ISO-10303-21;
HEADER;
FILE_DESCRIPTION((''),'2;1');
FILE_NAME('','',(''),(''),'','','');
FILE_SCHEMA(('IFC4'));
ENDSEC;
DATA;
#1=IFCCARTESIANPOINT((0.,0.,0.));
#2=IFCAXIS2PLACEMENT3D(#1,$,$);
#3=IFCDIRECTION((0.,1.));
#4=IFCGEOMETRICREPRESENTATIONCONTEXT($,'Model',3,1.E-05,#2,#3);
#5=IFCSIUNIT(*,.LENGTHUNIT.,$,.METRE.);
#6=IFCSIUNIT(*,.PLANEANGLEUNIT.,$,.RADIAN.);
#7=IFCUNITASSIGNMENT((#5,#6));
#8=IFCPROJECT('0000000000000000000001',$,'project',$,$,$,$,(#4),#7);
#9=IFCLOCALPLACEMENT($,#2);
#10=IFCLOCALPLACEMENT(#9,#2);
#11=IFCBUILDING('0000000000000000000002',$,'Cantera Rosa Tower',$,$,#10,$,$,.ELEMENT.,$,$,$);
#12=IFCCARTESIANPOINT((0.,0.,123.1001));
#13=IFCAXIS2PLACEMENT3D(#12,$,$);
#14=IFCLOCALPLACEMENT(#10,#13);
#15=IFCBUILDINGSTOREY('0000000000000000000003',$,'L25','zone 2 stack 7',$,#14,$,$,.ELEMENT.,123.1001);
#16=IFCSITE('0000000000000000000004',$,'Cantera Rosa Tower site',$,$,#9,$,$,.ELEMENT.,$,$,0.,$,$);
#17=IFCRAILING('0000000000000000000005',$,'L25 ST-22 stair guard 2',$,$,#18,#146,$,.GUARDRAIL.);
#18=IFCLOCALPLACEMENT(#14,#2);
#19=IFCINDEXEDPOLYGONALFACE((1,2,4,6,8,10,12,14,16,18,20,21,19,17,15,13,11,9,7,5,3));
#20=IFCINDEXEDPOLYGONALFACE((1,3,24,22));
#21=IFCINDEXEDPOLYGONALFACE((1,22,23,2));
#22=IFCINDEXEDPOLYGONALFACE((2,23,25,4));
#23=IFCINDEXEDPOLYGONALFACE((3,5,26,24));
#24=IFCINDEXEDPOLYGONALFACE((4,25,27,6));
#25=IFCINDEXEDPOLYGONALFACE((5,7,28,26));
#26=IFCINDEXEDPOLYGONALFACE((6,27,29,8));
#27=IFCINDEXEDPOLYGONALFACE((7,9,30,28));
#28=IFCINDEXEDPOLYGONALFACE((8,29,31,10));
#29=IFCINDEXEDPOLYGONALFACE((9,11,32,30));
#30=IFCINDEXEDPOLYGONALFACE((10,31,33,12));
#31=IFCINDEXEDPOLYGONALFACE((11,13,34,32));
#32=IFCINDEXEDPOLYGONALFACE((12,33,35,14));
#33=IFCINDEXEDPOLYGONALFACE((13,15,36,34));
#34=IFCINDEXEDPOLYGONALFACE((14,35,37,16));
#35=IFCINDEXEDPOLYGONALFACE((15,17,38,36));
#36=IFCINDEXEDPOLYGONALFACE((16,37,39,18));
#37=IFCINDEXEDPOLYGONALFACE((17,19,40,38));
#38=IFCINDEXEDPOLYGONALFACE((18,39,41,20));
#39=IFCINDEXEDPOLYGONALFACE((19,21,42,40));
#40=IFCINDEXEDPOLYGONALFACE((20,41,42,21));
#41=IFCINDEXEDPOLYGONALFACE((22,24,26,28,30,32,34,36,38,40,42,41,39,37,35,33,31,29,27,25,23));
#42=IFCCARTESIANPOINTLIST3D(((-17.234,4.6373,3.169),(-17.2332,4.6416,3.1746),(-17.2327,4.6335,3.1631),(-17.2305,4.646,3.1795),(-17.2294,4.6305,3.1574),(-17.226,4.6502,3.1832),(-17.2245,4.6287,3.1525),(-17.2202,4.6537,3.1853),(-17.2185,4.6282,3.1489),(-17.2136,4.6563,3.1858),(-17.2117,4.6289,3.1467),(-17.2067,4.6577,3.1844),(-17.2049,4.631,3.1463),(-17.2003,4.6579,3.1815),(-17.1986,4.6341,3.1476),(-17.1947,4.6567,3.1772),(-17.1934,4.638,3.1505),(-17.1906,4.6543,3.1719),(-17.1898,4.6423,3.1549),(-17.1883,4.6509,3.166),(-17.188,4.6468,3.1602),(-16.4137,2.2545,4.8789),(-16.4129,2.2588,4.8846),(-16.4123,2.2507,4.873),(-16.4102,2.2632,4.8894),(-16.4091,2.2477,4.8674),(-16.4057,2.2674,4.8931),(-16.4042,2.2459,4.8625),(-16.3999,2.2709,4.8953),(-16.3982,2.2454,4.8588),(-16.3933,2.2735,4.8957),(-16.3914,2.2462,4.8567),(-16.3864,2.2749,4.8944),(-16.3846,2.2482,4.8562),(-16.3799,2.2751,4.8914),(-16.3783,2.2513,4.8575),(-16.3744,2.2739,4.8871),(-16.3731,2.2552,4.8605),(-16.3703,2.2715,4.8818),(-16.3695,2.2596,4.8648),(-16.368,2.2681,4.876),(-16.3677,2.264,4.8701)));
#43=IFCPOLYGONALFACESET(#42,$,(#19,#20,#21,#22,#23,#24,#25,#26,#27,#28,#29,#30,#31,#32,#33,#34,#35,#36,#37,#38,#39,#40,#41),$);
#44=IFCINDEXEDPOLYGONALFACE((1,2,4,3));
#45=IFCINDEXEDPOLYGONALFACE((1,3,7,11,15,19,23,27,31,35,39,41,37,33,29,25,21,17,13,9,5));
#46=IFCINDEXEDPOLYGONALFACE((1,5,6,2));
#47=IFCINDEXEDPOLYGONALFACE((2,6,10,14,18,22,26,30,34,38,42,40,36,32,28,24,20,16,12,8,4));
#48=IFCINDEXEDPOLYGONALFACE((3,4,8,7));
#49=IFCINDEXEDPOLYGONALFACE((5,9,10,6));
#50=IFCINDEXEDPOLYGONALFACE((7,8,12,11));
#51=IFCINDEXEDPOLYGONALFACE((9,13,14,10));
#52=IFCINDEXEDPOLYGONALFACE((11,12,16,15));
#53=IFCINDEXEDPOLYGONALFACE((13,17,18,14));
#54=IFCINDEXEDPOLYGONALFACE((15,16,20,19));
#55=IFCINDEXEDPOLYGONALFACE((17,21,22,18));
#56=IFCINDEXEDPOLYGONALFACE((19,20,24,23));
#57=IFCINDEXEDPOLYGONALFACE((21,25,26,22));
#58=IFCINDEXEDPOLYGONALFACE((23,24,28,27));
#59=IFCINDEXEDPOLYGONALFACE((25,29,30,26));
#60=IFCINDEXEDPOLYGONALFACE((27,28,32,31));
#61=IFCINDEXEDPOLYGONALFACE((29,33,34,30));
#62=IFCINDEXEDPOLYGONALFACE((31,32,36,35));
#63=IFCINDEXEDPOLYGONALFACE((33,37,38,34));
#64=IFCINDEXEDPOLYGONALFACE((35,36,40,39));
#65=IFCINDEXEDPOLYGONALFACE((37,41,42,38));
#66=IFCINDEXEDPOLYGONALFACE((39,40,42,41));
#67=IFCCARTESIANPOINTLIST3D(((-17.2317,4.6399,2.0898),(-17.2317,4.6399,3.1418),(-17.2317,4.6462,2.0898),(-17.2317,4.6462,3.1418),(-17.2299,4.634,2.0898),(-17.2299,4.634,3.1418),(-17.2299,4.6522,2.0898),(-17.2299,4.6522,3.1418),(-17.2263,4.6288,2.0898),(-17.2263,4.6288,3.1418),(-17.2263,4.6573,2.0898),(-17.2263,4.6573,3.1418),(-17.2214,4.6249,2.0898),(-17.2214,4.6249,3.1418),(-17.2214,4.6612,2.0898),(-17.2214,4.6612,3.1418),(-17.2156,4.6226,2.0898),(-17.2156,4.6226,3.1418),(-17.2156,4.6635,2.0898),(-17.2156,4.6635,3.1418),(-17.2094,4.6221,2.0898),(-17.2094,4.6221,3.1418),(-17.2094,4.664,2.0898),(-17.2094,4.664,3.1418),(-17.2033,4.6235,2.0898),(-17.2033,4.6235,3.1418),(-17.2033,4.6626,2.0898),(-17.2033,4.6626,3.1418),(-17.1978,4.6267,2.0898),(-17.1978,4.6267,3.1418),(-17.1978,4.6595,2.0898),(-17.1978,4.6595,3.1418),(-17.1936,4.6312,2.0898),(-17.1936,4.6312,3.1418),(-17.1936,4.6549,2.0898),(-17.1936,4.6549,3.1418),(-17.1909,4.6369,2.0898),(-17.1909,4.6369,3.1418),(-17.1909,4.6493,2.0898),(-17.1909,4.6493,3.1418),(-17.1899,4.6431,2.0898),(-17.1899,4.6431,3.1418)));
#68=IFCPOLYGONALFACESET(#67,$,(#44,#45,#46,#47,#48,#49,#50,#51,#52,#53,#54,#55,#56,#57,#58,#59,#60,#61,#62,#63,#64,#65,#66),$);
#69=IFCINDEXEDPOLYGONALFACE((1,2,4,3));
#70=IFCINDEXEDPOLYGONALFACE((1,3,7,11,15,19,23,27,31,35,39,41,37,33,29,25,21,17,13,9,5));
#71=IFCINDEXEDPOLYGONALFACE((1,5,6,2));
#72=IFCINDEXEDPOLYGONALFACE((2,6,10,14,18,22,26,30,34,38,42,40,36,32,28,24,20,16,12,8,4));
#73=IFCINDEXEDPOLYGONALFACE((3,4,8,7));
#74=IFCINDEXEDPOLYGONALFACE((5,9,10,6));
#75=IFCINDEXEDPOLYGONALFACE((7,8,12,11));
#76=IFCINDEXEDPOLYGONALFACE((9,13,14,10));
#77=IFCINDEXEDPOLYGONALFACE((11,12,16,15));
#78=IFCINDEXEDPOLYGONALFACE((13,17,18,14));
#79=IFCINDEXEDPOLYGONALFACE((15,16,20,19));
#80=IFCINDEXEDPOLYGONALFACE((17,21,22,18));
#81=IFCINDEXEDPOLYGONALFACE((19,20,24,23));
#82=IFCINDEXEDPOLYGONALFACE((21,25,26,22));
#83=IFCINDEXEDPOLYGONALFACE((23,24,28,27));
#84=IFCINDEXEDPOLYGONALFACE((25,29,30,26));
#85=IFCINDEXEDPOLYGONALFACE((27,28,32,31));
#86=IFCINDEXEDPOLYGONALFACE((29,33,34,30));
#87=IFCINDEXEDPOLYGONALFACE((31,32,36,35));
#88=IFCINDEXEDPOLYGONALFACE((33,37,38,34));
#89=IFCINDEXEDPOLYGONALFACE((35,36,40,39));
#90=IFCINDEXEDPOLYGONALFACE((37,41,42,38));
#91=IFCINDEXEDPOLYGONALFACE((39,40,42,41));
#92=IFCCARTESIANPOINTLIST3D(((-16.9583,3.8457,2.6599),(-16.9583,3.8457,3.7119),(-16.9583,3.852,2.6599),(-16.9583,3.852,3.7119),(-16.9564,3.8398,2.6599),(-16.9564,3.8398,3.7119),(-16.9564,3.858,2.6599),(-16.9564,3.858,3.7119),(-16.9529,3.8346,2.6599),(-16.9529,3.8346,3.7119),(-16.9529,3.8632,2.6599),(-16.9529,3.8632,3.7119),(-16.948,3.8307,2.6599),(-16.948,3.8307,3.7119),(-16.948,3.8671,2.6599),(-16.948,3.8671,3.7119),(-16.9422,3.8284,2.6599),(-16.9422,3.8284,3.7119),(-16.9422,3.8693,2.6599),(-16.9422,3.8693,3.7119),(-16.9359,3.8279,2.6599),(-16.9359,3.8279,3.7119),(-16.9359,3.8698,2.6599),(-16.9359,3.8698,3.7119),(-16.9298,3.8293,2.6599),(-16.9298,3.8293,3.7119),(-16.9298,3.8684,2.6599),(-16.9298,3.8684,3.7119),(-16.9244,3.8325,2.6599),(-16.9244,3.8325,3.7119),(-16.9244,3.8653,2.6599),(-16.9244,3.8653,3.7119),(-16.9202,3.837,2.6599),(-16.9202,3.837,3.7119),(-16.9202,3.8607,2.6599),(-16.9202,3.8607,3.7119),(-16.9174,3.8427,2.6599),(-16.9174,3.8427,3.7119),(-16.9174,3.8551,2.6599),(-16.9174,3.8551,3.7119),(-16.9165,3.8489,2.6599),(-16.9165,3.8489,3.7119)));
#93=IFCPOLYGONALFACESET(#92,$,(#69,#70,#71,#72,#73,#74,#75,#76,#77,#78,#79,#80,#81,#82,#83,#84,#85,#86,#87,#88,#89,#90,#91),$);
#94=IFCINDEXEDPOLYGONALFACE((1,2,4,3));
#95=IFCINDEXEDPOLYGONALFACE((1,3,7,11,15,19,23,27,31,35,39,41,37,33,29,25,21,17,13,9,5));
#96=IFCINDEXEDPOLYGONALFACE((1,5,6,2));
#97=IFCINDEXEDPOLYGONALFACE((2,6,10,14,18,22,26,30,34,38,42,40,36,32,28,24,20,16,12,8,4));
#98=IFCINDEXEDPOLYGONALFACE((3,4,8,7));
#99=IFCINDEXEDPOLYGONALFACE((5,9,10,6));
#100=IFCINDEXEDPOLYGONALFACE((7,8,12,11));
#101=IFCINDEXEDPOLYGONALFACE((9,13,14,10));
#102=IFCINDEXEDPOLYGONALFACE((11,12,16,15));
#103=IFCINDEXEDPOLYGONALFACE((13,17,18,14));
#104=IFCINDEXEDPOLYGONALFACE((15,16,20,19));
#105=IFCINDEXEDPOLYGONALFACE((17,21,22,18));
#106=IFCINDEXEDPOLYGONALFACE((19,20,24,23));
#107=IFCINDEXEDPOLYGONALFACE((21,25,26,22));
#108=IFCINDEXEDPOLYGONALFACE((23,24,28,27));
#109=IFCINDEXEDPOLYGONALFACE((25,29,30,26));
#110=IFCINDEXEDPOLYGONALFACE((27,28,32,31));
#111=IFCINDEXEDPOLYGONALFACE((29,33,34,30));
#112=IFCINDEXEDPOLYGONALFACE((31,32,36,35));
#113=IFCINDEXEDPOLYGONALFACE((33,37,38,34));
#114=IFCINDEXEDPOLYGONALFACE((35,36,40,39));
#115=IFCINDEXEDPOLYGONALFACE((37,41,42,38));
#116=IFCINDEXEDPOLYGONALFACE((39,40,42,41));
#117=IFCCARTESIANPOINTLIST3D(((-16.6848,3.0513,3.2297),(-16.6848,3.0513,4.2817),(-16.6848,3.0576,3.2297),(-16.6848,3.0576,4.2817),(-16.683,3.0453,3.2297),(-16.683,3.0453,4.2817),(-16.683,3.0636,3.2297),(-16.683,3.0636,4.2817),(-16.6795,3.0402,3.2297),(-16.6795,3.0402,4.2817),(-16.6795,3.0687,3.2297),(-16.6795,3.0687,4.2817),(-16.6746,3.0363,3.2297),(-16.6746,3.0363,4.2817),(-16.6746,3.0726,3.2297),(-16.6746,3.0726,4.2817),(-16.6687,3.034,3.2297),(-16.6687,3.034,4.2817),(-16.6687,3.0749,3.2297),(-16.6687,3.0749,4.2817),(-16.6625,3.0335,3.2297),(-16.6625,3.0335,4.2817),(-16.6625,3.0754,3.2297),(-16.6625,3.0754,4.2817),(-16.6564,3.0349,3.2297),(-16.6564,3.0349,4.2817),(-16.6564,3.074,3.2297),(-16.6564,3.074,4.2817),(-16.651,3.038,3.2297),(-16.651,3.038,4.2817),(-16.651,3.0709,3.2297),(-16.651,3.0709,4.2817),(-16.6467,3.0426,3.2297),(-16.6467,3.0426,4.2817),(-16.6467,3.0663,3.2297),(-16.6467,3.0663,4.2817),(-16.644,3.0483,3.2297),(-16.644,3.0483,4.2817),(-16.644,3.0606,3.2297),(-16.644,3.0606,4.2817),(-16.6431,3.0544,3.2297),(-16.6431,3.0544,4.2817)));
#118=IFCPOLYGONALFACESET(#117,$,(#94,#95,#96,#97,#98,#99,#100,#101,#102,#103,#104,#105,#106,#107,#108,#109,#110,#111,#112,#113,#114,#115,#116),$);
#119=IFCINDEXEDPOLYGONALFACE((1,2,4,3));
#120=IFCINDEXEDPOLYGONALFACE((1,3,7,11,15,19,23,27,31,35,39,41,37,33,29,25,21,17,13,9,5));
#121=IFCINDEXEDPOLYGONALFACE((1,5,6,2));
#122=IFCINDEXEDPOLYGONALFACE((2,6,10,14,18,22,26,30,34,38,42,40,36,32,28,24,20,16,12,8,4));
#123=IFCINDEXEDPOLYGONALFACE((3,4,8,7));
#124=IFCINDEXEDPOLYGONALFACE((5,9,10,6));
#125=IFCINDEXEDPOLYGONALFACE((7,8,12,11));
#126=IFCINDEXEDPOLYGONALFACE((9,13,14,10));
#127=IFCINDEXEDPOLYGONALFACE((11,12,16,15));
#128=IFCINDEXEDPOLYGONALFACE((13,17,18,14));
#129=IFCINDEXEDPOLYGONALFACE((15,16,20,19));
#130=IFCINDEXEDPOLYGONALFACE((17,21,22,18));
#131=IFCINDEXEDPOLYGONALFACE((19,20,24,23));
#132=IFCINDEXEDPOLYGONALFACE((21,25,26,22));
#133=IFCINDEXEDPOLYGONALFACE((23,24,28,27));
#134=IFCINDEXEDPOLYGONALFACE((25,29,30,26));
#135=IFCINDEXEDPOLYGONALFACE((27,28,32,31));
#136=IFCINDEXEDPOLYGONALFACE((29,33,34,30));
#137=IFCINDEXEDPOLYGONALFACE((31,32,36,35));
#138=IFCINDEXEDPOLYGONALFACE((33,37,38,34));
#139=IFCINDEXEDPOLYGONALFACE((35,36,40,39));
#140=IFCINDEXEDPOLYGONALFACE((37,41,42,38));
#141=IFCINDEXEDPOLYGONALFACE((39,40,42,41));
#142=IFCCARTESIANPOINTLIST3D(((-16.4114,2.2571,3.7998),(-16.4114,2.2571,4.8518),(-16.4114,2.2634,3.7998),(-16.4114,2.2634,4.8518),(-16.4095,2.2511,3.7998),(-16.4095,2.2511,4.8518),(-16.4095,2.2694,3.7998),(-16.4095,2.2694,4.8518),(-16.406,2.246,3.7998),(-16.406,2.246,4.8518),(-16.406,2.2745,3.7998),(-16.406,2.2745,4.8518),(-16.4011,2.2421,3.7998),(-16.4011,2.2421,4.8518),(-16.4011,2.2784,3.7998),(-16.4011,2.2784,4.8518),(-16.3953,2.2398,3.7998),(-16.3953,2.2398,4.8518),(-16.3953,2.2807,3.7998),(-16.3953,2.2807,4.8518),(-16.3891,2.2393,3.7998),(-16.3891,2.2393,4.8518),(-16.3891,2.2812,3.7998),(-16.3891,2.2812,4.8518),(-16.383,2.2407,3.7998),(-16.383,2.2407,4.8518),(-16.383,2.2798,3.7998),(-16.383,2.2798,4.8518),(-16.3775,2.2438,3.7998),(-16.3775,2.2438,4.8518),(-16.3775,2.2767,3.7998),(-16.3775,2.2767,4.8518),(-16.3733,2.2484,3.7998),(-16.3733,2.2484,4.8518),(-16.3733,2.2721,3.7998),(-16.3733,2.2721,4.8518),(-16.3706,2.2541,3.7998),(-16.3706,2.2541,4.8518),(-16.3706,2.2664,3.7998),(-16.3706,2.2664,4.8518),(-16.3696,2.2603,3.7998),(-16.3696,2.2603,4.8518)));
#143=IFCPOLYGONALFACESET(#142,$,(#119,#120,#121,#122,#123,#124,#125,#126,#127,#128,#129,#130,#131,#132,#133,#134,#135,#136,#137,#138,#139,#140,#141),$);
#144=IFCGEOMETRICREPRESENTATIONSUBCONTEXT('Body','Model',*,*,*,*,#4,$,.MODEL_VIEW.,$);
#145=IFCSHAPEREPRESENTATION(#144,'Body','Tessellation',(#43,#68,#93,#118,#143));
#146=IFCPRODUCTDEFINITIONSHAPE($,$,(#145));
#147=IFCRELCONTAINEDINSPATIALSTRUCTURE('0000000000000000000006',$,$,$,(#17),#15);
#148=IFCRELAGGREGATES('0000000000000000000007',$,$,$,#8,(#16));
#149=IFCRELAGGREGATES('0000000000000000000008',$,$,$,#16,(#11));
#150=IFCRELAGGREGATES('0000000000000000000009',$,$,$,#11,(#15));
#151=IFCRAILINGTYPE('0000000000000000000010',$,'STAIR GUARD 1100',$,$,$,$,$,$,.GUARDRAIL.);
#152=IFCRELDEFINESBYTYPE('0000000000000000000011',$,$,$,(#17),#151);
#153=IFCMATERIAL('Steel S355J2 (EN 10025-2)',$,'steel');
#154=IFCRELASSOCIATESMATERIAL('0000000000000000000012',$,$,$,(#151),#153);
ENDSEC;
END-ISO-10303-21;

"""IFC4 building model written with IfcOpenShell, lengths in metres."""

from ifc_helpers import new_model, si_unit, direction, frame, origin, origin_2d, place, context, subcontext, project, spatial, circle, extrude, material, type_object, element, save


model = new_model("IFC4")

# Units and contexts
model_context = context("Model", 3, precision=1e-05, world=origin(), true_north=direction((0.0, 1.0)))
body_context = subcontext(model_context, "Body", "Model", "MODEL_VIEW")
ifc_project = project(units=[si_unit("LENGTHUNIT", "METRE"), si_unit("PLANEANGLEUNIT", "RADIAN")], contexts=[model_context])

# Site, building, storey
site_placement = place(None, origin())
site = spatial("IfcSite", under=ifc_project, at=site_placement, Name="Cantera Rosa Tower site", CompositionType="ELEMENT", RefElevation=0.0)
building_placement = place(site_placement, origin())
building = spatial("IfcBuilding", under=site, at=building_placement, Name="Cantera Rosa Tower", CompositionType="ELEMENT")
storey_placement = place(building_placement, frame((0.0, 0.0, 123.1001)))
storey = spatial("IfcBuildingStorey", under=building, at=storey_placement, Name="L25", Description="zone 2 stack 7", CompositionType="ELEMENT", Elevation=123.1001)

# Railing
ifc_material_1 = material(Name="Steel S355J2 (EN 10025-2)", Category="steel")
railing_type_1 = type_object("IfcRailingType", Name="STAIR GUARD 1100", PredefinedType="GUARDRAIL", material=ifc_material_1)
railing_1_placement = place(storey_placement, frame((-17.2109, 4.6431, 2.0898)))
element("IfcRailing", 1, at=railing_1_placement, inside=storey, type_object=railing_type_1, Name="L25 ST-22 stair guard 2", PredefinedType="GUARDRAIL", context=body_context, shape_type="SweptSolid", body=[
    extrude(circle(Radius=0.0239, at=origin_2d()), frame((0.0, 0.0, 1.0762), z_axis=(0.269358, -0.782421, 0.561483), x_axis=(0.945538, 0.325513, 0.0)), (0.0, 0.0, 1.0), 3.0454),
    extrude(circle(Radius=0.021, at=origin_2d()), origin(), (0.0, 0.0, 1.0), 1.052),
    extrude(circle(Radius=0.021, at=origin_2d()), frame((0.2734, -0.7942, 0.5701)), (0.0, 0.0, 1.0), 1.052),
    extrude(circle(Radius=0.021, at=origin_2d()), frame((0.5469, -1.5886, 1.1399)), (0.0, 0.0, 1.0), 1.052),
    extrude(circle(Radius=0.021, at=origin_2d()), frame((0.8203, -2.3828, 1.71)), (0.0, 0.0, 1.0), 1.052),
])

save(model, "model.ifc")
